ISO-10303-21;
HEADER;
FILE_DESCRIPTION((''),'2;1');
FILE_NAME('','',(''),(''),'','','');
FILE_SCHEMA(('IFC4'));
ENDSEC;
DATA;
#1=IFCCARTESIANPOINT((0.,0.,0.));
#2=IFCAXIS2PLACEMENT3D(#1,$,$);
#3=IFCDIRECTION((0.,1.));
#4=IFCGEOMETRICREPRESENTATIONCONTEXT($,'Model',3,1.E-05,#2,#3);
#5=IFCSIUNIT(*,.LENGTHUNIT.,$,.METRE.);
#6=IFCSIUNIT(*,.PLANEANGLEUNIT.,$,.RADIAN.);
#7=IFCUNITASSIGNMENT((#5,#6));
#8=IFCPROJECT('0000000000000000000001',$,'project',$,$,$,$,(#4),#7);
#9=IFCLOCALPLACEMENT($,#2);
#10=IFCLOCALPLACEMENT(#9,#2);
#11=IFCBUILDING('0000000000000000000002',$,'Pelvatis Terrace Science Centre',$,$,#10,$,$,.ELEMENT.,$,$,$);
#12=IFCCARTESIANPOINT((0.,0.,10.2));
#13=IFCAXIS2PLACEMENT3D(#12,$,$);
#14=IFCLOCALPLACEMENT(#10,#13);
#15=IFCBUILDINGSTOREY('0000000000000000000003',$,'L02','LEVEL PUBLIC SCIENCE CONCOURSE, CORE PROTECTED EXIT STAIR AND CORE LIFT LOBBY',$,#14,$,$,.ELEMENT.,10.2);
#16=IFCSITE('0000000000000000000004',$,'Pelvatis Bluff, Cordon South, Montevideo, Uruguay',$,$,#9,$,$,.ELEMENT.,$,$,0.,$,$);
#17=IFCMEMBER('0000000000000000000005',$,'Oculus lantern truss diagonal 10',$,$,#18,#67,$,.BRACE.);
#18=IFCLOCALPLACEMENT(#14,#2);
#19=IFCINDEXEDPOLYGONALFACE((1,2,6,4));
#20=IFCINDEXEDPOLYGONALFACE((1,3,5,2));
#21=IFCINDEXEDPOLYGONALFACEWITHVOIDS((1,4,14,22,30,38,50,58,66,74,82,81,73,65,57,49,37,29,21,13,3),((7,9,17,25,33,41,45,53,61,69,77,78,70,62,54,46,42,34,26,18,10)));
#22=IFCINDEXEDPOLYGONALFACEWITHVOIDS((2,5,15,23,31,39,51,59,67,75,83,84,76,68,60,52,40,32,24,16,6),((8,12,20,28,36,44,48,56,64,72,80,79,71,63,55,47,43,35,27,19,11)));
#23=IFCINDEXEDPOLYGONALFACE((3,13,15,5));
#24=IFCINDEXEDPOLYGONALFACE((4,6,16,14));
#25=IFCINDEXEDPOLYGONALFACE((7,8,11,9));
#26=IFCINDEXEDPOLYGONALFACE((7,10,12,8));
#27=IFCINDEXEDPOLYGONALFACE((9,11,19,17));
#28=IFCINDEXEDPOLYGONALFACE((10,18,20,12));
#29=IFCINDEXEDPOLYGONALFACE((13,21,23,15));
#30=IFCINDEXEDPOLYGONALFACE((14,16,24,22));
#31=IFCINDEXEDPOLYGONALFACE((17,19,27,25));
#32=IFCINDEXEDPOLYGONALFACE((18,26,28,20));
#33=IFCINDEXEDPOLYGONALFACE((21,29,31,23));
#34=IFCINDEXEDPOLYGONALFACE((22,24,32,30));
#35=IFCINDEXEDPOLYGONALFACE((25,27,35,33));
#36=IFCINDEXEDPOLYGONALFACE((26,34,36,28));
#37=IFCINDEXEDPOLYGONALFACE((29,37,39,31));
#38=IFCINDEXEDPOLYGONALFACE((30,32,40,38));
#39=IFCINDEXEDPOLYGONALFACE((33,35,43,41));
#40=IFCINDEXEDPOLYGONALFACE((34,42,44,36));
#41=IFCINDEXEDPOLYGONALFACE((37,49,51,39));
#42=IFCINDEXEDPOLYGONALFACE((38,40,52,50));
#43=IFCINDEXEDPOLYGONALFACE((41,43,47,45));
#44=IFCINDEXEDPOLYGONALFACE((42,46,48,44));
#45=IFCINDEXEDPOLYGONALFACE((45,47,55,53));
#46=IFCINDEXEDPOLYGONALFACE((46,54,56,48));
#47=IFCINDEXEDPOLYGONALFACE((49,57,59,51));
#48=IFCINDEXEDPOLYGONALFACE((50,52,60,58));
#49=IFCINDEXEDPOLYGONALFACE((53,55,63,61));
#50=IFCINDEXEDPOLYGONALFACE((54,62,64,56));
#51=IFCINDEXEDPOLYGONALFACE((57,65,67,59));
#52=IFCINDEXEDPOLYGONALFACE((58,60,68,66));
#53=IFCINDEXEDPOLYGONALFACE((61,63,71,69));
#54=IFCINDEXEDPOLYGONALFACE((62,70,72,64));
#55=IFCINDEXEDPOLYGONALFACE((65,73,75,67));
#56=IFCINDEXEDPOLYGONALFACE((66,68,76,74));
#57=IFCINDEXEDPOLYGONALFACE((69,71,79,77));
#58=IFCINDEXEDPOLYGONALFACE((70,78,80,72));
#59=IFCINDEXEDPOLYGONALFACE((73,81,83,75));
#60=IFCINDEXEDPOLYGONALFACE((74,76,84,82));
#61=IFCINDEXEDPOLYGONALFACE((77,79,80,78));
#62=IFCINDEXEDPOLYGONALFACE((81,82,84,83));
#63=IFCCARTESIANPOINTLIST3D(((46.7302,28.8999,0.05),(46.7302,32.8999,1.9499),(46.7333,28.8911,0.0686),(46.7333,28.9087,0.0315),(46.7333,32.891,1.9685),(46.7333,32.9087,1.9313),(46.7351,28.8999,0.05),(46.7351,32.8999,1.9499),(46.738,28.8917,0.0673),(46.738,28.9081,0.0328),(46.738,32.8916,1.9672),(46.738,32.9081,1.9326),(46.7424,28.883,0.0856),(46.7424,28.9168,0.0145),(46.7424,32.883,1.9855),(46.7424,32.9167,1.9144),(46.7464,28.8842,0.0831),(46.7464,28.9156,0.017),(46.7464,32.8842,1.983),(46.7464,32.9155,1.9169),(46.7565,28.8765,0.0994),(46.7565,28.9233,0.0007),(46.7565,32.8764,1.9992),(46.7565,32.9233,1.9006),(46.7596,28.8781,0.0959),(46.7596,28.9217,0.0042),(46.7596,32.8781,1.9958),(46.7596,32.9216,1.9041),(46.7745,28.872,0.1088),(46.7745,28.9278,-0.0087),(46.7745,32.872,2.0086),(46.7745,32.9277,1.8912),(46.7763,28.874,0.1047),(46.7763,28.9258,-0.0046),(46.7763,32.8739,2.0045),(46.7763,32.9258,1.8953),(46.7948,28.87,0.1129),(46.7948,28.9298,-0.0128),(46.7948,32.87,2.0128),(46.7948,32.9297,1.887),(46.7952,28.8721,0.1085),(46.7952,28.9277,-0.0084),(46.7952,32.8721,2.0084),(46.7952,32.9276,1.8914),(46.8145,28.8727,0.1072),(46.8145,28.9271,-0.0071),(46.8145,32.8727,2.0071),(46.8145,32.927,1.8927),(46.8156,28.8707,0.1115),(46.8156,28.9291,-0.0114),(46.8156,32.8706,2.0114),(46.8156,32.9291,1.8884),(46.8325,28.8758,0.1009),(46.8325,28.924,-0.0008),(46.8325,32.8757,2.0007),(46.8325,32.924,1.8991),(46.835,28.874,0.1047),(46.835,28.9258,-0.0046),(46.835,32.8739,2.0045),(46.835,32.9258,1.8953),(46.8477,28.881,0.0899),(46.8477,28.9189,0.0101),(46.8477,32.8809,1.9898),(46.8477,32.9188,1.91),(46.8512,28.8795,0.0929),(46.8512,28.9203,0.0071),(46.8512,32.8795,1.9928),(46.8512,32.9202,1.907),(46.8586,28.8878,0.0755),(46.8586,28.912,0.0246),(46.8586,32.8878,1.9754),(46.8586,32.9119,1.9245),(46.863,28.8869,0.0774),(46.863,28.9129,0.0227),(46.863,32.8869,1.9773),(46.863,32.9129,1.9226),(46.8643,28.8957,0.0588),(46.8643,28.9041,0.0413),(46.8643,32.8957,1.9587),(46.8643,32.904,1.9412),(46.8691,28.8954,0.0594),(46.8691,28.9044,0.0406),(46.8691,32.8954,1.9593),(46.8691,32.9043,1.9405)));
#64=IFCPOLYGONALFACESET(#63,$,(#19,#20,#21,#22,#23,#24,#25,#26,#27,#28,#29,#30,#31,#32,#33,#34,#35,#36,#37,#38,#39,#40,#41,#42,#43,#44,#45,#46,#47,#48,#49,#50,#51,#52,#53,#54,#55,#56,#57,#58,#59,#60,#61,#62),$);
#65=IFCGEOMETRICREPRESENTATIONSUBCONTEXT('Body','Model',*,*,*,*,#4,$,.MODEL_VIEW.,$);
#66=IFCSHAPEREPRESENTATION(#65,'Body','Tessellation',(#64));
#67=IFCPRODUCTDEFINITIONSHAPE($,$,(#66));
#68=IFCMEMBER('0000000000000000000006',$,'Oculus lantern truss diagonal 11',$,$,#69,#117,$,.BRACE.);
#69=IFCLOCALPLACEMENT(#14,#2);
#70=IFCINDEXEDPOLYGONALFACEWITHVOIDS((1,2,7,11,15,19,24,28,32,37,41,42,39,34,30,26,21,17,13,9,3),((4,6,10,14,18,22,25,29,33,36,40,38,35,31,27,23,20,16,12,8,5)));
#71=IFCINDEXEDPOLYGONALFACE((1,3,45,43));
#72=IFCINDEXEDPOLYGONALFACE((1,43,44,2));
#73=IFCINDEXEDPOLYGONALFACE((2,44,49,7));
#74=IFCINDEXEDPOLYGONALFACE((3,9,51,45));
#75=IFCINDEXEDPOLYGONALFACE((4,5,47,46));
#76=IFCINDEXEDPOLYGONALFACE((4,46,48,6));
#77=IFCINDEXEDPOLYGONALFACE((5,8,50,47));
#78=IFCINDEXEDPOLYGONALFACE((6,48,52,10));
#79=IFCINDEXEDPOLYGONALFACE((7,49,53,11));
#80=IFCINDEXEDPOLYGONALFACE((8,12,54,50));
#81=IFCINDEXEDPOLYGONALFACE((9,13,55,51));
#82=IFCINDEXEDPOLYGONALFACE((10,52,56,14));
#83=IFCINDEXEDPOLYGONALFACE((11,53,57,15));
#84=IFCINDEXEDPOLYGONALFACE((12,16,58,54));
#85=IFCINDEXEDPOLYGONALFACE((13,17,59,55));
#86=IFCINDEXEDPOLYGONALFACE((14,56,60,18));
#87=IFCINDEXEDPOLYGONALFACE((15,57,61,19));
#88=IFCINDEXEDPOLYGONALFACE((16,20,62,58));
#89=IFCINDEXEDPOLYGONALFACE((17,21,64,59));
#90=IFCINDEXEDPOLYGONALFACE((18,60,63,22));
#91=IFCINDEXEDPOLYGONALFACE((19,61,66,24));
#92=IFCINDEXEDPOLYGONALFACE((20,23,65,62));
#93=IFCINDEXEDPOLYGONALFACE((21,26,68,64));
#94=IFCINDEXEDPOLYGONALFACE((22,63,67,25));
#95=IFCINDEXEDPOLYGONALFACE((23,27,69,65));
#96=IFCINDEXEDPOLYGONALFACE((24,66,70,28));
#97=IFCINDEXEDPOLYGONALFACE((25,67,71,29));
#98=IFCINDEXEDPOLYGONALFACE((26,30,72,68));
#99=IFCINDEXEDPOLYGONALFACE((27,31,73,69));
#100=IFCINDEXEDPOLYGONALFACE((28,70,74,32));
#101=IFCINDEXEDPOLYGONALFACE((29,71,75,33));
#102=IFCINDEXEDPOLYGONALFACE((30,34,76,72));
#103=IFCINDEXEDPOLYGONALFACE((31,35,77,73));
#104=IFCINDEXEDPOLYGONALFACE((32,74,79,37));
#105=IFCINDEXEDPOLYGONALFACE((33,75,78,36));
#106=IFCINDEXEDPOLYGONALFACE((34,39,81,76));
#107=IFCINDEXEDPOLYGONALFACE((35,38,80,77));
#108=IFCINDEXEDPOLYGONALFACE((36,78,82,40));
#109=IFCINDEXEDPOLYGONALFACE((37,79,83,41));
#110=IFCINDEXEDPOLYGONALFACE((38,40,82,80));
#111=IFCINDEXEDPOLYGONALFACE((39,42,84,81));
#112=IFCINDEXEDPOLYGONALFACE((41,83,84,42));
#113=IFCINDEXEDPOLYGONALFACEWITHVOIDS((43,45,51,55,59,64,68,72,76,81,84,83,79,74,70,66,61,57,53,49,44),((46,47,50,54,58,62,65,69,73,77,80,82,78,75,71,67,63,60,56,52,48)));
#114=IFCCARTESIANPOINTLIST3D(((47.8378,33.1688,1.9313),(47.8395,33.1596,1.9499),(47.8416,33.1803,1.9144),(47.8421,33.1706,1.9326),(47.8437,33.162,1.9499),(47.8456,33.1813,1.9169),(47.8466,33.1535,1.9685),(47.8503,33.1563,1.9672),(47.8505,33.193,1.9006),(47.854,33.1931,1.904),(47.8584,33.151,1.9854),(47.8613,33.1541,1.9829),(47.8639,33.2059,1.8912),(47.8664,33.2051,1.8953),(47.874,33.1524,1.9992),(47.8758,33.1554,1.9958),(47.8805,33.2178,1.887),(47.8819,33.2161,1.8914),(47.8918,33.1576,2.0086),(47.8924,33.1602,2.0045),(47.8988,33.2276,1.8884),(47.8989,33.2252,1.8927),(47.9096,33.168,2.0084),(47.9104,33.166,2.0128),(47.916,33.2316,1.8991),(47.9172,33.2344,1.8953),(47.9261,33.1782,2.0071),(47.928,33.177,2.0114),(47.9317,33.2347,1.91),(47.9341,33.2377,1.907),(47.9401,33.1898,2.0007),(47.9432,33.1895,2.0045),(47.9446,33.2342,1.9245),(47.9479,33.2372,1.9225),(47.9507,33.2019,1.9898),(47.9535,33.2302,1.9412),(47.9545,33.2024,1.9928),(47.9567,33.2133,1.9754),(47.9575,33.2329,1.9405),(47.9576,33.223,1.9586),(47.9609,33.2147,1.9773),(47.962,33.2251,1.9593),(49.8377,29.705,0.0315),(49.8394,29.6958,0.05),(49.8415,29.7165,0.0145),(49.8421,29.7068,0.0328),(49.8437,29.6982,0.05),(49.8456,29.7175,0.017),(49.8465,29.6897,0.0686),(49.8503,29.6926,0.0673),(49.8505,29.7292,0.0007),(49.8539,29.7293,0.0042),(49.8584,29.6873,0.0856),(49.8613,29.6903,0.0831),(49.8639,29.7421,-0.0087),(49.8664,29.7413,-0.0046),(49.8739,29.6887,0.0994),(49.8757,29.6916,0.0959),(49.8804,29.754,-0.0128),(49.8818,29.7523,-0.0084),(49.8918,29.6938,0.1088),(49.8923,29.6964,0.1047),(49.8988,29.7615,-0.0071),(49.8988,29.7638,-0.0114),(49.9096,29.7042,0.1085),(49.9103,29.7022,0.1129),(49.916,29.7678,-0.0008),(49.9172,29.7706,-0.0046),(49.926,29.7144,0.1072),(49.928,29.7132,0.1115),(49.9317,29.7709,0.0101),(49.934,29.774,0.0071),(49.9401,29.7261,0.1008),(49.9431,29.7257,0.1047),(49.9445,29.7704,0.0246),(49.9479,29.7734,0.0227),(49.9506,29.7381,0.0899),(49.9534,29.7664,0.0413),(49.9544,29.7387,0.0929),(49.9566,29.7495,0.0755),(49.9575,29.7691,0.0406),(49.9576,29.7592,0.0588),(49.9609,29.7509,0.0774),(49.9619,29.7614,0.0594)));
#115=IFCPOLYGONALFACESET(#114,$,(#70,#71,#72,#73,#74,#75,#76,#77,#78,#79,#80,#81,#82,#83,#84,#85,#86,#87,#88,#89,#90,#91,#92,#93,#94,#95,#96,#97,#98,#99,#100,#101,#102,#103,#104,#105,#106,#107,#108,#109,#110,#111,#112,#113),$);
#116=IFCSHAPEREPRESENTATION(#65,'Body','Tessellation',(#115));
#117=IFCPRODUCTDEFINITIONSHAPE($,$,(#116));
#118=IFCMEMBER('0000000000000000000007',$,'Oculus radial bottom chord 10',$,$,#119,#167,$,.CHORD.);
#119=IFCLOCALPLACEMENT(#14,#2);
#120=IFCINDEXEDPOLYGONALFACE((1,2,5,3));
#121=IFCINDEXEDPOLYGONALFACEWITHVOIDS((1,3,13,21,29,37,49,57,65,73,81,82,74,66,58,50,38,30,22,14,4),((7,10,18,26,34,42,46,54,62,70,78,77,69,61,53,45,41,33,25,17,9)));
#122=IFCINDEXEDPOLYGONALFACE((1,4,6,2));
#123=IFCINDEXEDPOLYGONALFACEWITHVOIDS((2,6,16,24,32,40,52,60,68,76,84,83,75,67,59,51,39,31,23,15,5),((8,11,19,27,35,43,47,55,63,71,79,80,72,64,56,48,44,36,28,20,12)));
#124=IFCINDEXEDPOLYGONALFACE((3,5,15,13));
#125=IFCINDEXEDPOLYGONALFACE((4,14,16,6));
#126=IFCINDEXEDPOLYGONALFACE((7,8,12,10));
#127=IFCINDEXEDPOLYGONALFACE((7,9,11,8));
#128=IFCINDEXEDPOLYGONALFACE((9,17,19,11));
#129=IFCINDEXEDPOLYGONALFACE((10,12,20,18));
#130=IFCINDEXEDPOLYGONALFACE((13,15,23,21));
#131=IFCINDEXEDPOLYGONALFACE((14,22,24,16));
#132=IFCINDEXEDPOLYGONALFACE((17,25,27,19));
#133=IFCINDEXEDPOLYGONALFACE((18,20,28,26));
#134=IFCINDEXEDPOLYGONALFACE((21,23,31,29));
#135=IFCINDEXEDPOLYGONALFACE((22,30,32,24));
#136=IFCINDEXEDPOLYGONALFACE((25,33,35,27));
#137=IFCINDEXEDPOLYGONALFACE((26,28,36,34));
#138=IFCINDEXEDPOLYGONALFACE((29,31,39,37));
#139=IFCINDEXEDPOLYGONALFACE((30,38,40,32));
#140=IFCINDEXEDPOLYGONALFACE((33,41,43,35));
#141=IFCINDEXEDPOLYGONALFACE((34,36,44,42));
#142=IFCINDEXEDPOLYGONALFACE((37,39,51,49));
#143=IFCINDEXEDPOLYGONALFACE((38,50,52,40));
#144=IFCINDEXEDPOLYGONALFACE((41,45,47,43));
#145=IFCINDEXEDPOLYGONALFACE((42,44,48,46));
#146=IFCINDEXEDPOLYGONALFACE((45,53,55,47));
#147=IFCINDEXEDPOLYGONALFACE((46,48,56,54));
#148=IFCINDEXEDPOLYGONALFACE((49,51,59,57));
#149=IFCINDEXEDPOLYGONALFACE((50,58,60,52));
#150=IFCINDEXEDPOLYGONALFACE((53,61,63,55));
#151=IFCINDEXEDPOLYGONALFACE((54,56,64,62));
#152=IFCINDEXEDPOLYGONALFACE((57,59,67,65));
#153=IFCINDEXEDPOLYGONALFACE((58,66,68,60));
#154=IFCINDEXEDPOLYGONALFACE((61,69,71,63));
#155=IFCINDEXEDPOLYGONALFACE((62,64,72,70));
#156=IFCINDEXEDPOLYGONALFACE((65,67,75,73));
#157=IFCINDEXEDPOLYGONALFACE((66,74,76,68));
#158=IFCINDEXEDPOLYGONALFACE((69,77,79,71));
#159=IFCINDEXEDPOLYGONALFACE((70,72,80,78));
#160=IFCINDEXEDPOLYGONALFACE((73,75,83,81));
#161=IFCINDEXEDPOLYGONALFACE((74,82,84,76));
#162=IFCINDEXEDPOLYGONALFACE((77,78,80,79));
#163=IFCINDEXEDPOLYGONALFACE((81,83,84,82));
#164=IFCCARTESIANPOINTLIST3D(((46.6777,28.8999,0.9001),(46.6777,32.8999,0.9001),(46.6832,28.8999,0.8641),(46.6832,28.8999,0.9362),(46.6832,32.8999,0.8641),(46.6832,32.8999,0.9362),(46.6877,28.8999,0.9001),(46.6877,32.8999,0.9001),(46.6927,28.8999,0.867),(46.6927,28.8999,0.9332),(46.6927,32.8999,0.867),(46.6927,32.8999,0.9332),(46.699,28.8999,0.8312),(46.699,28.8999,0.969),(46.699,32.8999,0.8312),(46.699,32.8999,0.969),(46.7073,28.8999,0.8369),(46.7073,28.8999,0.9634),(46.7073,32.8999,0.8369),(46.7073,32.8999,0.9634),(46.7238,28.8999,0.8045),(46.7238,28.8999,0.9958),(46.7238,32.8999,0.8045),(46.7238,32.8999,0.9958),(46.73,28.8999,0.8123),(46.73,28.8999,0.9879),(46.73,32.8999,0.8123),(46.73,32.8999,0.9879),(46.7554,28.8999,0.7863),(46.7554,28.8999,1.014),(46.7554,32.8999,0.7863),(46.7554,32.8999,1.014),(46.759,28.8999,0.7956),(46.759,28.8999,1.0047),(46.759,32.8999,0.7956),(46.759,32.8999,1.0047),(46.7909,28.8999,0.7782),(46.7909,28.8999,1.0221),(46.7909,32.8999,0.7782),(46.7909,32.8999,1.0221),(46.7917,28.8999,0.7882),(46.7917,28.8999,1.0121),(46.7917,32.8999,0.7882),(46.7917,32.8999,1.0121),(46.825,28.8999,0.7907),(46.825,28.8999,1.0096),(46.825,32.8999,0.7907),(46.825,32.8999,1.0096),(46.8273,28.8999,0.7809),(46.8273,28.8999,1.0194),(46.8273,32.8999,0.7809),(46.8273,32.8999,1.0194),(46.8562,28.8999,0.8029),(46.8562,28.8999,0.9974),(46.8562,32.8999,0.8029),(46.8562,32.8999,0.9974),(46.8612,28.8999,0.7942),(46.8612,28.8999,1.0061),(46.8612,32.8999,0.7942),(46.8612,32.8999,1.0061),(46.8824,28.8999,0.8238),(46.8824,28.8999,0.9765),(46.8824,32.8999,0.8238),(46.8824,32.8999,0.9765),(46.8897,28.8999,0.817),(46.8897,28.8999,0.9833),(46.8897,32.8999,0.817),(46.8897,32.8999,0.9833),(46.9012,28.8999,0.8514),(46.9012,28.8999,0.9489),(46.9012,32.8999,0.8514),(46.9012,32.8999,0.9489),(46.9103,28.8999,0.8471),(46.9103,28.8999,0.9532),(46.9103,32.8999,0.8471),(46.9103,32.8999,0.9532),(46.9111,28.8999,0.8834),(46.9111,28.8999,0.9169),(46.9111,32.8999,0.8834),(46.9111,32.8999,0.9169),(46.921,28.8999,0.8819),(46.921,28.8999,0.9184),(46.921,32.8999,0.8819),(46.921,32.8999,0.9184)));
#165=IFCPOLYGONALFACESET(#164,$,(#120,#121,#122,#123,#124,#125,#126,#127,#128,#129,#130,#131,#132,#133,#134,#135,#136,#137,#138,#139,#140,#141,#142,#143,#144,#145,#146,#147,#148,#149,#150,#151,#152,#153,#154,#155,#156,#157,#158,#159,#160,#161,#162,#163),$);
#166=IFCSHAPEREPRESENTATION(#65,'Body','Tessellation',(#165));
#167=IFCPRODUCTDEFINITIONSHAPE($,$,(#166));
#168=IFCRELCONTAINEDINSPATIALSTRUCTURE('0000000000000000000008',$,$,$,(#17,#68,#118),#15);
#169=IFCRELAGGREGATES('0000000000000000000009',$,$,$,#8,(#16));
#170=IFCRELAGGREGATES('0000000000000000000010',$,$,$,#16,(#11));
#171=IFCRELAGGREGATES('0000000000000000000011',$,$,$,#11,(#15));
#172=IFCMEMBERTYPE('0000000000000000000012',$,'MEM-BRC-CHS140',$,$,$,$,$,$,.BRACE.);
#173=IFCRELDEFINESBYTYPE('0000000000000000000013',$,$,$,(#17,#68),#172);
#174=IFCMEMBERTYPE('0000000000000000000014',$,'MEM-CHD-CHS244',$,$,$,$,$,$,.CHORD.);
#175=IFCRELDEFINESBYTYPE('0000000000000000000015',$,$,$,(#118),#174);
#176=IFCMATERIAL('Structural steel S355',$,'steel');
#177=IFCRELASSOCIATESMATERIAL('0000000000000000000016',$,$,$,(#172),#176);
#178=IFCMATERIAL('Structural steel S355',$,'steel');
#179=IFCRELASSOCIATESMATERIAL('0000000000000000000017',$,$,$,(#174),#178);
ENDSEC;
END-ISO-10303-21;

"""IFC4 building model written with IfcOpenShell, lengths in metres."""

from ifc_helpers import new_model, si_unit, direction, frame, origin, origin_2d, place, context, subcontext, project, spatial, hollow_circle, extrude, material, material_profile, profile_set, type_object, element, save


model = new_model("IFC4")

# Units and contexts
model_context = context("Model", 3, precision=1e-05, world=origin(), true_north=direction((0.0, 1.0)))
body_context = subcontext(model_context, "Body", "Model", "MODEL_VIEW")
ifc_project = project(units=[si_unit("LENGTHUNIT", "METRE"), si_unit("PLANEANGLEUNIT", "RADIAN")], contexts=[model_context])

# Site, building, storey
site_placement = place(None, origin())
site = spatial("IfcSite", under=ifc_project, at=site_placement, Name="Pelvatis Bluff, Cordon South, Montevideo, Uruguay", CompositionType="ELEMENT", RefElevation=0.0)
building_placement = place(site_placement, origin())
building = spatial("IfcBuilding", under=site, at=building_placement, Name="Pelvatis Terrace Science Centre", CompositionType="ELEMENT")
storey_placement = place(building_placement, frame((0.0, 0.0, 10.2)))
storey = spatial("IfcBuildingStorey", under=building, at=storey_placement, Name="L02", Description="LEVEL PUBLIC SCIENCE CONCOURSE, CORE PROTECTED EXIT STAIR AND CORE LIFT LOBBY", CompositionType="ELEMENT", Elevation=10.2)

# Members
ifc_material_1 = material(Name="Structural steel S355", Category="steel")
ifc_material_profile_1 = material_profile(ifc_material_1, hollow_circle(Radius=0.0698, WallThickness=0.0049, at=origin_2d()), Name="CHS 139.7x5.0")
ifc_profile_set_1 = profile_set([ifc_material_profile_1], Name="Structural steel S355")
member_type_1 = type_object("IfcMemberType", Name="MEM-BRC-CHS140", PredefinedType="BRACE", material=ifc_profile_set_1)
member_1_placement = place(storey_placement, frame((46.8, 28.8999, 0.05), z_axis=(0.0, 0.903286, 0.429039), x_axis=(-1.0, 0.0, 0.0)))
element("IfcMember", 1, at=member_1_placement, inside=storey, type_object=member_type_1, Name="Oculus lantern truss diagonal 10", PredefinedType="BRACE", context=body_context, shape_type="SweptSolid", body=[
    extrude(hollow_circle(Radius=0.0698, WallThickness=0.0049, at=origin_2d()), origin(), (0.0, 0.0, 1.0), 4.4282),
])
member_2_placement = place(storey_placement, frame((49.8999, 29.7307, 0.05), z_axis=(-0.451662, 0.782248, 0.429057), x_axis=(-0.866011, -0.500025, 0.0)))
element("IfcMember", 2, at=member_2_placement, inside=storey, type_object=member_type_1, Name="Oculus lantern truss diagonal 11", PredefinedType="BRACE", context=body_context, shape_type="SweptSolid", body=[
    extrude(hollow_circle(Radius=0.0698, WallThickness=0.0049, at=origin_2d()), origin(), (0.0, 0.0, 1.0), 4.428),
])
ifc_material_2 = material(Name="Structural steel S355", Category="steel")
ifc_material_profile_2 = material_profile(ifc_material_2, hollow_circle(Radius=0.1223, WallThickness=0.01, at=origin_2d()), Name="CHS 244.5x10.0")
ifc_profile_set_2 = profile_set([ifc_material_profile_2], Name="Structural steel S355")
member_type_2 = type_object("IfcMemberType", Name="MEM-CHD-CHS244", PredefinedType="CHORD", material=ifc_profile_set_2)
member_3_placement = place(storey_placement, frame((46.8, 28.8999, 0.9001), z_axis=(0.0, 1.0, 0.0), x_axis=(-1.0, 0.0, 0.0)))
element("IfcMember", 3, at=member_3_placement, inside=storey, type_object=member_type_2, Name="Oculus radial bottom chord 10", PredefinedType="CHORD", context=body_context, shape_type="SweptSolid", body=[
    extrude(hollow_circle(Radius=0.1223, WallThickness=0.01, at=origin_2d()), origin(), (0.0, 0.0, 1.0), 4.0),
])

save(model, "model.ifc")
